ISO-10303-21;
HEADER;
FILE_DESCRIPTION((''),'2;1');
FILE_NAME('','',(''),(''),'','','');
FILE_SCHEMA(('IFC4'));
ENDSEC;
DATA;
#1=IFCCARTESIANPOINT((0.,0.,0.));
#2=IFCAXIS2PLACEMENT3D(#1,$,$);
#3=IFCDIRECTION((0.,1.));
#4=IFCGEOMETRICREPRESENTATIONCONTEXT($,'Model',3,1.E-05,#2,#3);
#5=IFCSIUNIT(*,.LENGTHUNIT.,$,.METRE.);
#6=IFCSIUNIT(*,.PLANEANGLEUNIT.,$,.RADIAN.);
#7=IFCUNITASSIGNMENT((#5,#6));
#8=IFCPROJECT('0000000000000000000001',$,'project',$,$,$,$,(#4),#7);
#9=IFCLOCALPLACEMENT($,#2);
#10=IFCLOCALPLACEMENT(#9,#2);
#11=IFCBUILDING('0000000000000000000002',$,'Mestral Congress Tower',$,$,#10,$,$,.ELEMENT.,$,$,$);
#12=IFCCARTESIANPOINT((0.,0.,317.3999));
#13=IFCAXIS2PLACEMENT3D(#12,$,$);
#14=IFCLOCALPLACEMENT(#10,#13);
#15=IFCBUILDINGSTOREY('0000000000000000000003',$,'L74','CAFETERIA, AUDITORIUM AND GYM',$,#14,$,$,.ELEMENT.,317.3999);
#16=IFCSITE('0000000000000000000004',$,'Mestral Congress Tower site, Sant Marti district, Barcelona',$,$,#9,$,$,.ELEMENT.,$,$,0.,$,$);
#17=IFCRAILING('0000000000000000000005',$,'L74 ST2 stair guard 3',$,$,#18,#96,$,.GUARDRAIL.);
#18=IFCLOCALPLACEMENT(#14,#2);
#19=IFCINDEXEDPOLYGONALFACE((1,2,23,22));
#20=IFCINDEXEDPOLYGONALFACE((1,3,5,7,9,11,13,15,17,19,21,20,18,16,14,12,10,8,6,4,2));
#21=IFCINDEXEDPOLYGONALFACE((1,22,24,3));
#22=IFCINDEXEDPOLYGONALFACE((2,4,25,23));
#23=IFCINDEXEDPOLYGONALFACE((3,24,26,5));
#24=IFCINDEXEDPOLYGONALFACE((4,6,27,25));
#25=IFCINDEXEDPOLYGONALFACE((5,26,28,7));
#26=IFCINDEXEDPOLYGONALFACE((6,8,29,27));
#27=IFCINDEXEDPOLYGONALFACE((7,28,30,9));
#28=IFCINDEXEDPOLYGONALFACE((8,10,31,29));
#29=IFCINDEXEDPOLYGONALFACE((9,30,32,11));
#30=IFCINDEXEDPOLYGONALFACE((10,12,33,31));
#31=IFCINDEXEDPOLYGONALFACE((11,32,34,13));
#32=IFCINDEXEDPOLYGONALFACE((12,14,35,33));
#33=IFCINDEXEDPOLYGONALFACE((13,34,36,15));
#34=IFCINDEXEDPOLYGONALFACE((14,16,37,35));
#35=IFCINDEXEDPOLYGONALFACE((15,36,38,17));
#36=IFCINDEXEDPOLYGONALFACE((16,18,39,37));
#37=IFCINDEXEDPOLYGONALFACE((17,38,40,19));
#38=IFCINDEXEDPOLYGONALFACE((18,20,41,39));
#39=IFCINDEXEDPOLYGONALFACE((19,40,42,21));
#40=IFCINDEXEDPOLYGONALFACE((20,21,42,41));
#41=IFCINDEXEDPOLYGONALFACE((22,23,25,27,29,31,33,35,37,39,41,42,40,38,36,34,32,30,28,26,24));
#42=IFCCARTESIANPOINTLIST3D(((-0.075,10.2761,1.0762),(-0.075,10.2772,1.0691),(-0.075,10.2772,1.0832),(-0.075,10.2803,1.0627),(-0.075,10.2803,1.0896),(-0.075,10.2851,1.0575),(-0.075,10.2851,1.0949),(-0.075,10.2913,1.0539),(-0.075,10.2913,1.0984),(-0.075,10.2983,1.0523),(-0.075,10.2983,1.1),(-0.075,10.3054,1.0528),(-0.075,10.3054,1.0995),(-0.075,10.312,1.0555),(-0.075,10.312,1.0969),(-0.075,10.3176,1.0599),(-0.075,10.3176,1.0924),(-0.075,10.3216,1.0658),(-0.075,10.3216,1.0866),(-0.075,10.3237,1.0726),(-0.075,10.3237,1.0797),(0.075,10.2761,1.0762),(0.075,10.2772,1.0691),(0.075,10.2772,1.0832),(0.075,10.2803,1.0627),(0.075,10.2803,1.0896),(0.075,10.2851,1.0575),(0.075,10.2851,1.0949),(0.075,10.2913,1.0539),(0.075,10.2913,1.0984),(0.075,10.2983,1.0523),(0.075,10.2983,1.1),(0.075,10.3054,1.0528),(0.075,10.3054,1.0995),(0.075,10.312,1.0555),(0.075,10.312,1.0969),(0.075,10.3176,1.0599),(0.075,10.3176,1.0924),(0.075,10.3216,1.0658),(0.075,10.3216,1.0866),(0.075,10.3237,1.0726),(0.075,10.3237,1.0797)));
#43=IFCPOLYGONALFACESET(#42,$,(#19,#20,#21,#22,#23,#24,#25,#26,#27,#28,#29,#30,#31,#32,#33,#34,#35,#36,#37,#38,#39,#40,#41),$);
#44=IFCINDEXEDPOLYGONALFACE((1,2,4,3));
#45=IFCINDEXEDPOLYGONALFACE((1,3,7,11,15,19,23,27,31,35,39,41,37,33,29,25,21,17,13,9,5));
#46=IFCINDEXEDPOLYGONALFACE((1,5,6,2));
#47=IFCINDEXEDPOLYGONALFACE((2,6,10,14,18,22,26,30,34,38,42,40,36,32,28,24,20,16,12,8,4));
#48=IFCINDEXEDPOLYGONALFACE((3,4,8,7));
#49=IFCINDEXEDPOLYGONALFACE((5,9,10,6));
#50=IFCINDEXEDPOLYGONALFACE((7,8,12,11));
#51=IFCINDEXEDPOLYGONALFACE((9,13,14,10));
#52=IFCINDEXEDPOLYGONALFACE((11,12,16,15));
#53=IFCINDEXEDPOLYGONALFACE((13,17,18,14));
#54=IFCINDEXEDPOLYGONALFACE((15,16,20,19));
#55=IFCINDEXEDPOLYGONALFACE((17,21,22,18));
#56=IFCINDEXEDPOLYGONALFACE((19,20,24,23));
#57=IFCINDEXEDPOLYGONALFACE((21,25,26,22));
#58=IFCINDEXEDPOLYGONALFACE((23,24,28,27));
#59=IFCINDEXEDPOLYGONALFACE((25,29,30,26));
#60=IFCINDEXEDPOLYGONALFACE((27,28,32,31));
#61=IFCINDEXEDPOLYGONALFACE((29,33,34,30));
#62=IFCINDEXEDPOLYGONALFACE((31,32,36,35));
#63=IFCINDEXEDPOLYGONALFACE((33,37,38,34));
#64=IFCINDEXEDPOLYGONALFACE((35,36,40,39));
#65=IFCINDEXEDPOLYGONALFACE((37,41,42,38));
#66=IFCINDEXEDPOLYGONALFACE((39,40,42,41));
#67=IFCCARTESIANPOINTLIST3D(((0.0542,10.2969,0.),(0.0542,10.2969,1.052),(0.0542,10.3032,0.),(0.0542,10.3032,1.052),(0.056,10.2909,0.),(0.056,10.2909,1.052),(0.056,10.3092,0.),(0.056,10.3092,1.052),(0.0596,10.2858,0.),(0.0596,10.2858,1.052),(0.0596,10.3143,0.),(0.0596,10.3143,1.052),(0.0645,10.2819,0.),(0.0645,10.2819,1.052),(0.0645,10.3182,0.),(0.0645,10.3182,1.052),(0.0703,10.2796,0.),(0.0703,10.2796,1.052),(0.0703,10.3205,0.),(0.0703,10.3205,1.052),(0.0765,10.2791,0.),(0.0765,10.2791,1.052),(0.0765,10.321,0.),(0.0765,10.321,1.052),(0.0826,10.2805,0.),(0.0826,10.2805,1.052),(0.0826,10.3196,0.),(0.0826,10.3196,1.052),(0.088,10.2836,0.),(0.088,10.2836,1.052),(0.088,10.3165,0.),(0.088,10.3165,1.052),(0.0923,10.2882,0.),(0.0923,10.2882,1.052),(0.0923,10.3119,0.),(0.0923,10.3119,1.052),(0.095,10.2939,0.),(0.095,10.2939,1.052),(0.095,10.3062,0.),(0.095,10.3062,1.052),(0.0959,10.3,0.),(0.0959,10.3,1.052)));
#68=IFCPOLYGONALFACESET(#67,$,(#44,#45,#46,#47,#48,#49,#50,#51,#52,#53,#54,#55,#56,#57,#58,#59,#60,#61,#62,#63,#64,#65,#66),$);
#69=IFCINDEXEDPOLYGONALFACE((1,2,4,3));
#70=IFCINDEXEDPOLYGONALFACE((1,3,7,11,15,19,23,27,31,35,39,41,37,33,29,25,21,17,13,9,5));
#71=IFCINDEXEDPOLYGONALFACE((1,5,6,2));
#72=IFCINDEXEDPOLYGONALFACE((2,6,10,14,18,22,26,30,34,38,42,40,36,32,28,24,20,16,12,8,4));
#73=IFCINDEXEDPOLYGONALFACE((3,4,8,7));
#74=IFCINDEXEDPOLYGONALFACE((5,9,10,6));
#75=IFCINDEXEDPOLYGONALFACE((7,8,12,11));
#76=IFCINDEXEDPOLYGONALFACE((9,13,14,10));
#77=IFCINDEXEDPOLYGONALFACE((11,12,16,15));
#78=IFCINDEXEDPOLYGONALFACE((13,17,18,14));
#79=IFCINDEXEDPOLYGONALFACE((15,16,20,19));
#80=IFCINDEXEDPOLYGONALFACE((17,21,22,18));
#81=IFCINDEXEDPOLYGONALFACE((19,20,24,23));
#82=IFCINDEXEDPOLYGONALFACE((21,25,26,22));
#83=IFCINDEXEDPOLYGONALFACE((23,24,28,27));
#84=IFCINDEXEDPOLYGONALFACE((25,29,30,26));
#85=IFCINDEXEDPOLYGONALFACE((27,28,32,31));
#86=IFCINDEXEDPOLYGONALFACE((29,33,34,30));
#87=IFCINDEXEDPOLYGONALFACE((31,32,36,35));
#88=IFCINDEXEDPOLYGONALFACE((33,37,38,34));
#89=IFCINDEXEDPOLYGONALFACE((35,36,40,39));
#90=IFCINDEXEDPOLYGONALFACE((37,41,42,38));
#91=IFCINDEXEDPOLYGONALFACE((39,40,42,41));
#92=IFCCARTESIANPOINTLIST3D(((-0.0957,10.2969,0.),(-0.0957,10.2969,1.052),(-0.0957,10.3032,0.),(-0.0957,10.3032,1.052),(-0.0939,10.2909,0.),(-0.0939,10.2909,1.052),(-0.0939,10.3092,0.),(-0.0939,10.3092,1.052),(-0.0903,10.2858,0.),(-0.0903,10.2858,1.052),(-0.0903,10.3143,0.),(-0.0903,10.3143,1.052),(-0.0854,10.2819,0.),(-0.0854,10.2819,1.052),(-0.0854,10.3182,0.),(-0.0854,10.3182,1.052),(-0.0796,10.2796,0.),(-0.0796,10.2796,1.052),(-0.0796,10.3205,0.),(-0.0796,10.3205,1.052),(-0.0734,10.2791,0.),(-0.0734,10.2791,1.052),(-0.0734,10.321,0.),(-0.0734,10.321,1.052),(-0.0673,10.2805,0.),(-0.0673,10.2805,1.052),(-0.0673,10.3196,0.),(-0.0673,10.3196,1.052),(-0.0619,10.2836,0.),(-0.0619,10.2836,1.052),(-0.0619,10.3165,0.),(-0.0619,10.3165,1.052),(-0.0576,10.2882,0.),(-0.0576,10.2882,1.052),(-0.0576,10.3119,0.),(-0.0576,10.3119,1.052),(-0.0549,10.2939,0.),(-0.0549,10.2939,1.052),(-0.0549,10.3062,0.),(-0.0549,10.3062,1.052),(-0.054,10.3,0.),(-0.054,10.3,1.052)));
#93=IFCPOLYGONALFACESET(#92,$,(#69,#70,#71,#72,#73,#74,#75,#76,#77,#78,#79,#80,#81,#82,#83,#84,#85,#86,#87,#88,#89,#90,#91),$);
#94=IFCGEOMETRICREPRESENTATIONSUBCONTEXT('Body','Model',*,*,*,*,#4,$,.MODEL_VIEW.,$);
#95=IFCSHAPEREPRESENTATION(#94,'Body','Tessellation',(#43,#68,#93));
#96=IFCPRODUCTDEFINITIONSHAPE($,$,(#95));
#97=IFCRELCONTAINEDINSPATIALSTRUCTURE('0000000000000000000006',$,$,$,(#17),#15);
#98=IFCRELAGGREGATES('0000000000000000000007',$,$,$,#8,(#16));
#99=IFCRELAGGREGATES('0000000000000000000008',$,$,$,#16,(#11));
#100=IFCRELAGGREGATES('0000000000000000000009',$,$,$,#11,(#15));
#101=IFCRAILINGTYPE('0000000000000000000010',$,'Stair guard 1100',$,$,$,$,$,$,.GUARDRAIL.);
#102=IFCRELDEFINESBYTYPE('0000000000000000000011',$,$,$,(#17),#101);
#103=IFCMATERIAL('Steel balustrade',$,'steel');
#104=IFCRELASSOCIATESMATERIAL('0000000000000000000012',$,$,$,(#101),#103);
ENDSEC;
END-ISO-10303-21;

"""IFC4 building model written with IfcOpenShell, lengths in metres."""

from ifc_helpers import new_model, si_unit, direction, frame, origin, origin_2d, place, context, subcontext, project, spatial, circle, extrude, material, type_object, element, save


model = new_model("IFC4")

# Units and contexts
model_context = context("Model", 3, precision=1e-05, world=origin(), true_north=direction((0.0, 1.0)))
body_context = subcontext(model_context, "Body", "Model", "MODEL_VIEW")
ifc_project = project(units=[si_unit("LENGTHUNIT", "METRE"), si_unit("PLANEANGLEUNIT", "RADIAN")], contexts=[model_context])

# Site, building, storey
site_placement = place(None, origin())
site = spatial("IfcSite", under=ifc_project, at=site_placement, Name="Mestral Congress Tower site, Sant Marti district, Barcelona", CompositionType="ELEMENT", RefElevation=0.0)
building_placement = place(site_placement, origin())
building = spatial("IfcBuilding", under=site, at=building_placement, Name="Mestral Congress Tower", CompositionType="ELEMENT")
storey_placement = place(building_placement, frame((0.0, 0.0, 317.3999)))
storey = spatial("IfcBuildingStorey", under=building, at=storey_placement, Name="L74", Description="CAFETERIA, AUDITORIUM AND GYM", CompositionType="ELEMENT", Elevation=317.3999)

# Railing
ifc_material_1 = material(Name="Steel balustrade", Category="steel")
railing_type_1 = type_object("IfcRailingType", Name="Stair guard 1100", PredefinedType="GUARDRAIL", material=ifc_material_1)
railing_1_placement = place(storey_placement, frame((0.075, 10.3, 0.0)))
element("IfcRailing", 1, at=railing_1_placement, inside=storey, type_object=railing_type_1, Name="L74 ST2 stair guard 3", PredefinedType="GUARDRAIL", context=body_context, shape_type="SweptSolid", body=[
    extrude(circle(Radius=0.0239, at=origin_2d()), frame((0.0, 0.0, 1.0762), z_axis=(-1.0, 0.0, 0.0), x_axis=(0.0, -1.0, 0.0)), (0.0, 0.0, 1.0), 0.1499),
    extrude(circle(Radius=0.021, at=origin_2d()), origin(), (0.0, 0.0, 1.0), 1.052),
    extrude(circle(Radius=0.021, at=origin_2d()), frame((-0.1499, 0.0, 0.0)), (0.0, 0.0, 1.0), 1.052),
])

save(model, "model.ifc")
